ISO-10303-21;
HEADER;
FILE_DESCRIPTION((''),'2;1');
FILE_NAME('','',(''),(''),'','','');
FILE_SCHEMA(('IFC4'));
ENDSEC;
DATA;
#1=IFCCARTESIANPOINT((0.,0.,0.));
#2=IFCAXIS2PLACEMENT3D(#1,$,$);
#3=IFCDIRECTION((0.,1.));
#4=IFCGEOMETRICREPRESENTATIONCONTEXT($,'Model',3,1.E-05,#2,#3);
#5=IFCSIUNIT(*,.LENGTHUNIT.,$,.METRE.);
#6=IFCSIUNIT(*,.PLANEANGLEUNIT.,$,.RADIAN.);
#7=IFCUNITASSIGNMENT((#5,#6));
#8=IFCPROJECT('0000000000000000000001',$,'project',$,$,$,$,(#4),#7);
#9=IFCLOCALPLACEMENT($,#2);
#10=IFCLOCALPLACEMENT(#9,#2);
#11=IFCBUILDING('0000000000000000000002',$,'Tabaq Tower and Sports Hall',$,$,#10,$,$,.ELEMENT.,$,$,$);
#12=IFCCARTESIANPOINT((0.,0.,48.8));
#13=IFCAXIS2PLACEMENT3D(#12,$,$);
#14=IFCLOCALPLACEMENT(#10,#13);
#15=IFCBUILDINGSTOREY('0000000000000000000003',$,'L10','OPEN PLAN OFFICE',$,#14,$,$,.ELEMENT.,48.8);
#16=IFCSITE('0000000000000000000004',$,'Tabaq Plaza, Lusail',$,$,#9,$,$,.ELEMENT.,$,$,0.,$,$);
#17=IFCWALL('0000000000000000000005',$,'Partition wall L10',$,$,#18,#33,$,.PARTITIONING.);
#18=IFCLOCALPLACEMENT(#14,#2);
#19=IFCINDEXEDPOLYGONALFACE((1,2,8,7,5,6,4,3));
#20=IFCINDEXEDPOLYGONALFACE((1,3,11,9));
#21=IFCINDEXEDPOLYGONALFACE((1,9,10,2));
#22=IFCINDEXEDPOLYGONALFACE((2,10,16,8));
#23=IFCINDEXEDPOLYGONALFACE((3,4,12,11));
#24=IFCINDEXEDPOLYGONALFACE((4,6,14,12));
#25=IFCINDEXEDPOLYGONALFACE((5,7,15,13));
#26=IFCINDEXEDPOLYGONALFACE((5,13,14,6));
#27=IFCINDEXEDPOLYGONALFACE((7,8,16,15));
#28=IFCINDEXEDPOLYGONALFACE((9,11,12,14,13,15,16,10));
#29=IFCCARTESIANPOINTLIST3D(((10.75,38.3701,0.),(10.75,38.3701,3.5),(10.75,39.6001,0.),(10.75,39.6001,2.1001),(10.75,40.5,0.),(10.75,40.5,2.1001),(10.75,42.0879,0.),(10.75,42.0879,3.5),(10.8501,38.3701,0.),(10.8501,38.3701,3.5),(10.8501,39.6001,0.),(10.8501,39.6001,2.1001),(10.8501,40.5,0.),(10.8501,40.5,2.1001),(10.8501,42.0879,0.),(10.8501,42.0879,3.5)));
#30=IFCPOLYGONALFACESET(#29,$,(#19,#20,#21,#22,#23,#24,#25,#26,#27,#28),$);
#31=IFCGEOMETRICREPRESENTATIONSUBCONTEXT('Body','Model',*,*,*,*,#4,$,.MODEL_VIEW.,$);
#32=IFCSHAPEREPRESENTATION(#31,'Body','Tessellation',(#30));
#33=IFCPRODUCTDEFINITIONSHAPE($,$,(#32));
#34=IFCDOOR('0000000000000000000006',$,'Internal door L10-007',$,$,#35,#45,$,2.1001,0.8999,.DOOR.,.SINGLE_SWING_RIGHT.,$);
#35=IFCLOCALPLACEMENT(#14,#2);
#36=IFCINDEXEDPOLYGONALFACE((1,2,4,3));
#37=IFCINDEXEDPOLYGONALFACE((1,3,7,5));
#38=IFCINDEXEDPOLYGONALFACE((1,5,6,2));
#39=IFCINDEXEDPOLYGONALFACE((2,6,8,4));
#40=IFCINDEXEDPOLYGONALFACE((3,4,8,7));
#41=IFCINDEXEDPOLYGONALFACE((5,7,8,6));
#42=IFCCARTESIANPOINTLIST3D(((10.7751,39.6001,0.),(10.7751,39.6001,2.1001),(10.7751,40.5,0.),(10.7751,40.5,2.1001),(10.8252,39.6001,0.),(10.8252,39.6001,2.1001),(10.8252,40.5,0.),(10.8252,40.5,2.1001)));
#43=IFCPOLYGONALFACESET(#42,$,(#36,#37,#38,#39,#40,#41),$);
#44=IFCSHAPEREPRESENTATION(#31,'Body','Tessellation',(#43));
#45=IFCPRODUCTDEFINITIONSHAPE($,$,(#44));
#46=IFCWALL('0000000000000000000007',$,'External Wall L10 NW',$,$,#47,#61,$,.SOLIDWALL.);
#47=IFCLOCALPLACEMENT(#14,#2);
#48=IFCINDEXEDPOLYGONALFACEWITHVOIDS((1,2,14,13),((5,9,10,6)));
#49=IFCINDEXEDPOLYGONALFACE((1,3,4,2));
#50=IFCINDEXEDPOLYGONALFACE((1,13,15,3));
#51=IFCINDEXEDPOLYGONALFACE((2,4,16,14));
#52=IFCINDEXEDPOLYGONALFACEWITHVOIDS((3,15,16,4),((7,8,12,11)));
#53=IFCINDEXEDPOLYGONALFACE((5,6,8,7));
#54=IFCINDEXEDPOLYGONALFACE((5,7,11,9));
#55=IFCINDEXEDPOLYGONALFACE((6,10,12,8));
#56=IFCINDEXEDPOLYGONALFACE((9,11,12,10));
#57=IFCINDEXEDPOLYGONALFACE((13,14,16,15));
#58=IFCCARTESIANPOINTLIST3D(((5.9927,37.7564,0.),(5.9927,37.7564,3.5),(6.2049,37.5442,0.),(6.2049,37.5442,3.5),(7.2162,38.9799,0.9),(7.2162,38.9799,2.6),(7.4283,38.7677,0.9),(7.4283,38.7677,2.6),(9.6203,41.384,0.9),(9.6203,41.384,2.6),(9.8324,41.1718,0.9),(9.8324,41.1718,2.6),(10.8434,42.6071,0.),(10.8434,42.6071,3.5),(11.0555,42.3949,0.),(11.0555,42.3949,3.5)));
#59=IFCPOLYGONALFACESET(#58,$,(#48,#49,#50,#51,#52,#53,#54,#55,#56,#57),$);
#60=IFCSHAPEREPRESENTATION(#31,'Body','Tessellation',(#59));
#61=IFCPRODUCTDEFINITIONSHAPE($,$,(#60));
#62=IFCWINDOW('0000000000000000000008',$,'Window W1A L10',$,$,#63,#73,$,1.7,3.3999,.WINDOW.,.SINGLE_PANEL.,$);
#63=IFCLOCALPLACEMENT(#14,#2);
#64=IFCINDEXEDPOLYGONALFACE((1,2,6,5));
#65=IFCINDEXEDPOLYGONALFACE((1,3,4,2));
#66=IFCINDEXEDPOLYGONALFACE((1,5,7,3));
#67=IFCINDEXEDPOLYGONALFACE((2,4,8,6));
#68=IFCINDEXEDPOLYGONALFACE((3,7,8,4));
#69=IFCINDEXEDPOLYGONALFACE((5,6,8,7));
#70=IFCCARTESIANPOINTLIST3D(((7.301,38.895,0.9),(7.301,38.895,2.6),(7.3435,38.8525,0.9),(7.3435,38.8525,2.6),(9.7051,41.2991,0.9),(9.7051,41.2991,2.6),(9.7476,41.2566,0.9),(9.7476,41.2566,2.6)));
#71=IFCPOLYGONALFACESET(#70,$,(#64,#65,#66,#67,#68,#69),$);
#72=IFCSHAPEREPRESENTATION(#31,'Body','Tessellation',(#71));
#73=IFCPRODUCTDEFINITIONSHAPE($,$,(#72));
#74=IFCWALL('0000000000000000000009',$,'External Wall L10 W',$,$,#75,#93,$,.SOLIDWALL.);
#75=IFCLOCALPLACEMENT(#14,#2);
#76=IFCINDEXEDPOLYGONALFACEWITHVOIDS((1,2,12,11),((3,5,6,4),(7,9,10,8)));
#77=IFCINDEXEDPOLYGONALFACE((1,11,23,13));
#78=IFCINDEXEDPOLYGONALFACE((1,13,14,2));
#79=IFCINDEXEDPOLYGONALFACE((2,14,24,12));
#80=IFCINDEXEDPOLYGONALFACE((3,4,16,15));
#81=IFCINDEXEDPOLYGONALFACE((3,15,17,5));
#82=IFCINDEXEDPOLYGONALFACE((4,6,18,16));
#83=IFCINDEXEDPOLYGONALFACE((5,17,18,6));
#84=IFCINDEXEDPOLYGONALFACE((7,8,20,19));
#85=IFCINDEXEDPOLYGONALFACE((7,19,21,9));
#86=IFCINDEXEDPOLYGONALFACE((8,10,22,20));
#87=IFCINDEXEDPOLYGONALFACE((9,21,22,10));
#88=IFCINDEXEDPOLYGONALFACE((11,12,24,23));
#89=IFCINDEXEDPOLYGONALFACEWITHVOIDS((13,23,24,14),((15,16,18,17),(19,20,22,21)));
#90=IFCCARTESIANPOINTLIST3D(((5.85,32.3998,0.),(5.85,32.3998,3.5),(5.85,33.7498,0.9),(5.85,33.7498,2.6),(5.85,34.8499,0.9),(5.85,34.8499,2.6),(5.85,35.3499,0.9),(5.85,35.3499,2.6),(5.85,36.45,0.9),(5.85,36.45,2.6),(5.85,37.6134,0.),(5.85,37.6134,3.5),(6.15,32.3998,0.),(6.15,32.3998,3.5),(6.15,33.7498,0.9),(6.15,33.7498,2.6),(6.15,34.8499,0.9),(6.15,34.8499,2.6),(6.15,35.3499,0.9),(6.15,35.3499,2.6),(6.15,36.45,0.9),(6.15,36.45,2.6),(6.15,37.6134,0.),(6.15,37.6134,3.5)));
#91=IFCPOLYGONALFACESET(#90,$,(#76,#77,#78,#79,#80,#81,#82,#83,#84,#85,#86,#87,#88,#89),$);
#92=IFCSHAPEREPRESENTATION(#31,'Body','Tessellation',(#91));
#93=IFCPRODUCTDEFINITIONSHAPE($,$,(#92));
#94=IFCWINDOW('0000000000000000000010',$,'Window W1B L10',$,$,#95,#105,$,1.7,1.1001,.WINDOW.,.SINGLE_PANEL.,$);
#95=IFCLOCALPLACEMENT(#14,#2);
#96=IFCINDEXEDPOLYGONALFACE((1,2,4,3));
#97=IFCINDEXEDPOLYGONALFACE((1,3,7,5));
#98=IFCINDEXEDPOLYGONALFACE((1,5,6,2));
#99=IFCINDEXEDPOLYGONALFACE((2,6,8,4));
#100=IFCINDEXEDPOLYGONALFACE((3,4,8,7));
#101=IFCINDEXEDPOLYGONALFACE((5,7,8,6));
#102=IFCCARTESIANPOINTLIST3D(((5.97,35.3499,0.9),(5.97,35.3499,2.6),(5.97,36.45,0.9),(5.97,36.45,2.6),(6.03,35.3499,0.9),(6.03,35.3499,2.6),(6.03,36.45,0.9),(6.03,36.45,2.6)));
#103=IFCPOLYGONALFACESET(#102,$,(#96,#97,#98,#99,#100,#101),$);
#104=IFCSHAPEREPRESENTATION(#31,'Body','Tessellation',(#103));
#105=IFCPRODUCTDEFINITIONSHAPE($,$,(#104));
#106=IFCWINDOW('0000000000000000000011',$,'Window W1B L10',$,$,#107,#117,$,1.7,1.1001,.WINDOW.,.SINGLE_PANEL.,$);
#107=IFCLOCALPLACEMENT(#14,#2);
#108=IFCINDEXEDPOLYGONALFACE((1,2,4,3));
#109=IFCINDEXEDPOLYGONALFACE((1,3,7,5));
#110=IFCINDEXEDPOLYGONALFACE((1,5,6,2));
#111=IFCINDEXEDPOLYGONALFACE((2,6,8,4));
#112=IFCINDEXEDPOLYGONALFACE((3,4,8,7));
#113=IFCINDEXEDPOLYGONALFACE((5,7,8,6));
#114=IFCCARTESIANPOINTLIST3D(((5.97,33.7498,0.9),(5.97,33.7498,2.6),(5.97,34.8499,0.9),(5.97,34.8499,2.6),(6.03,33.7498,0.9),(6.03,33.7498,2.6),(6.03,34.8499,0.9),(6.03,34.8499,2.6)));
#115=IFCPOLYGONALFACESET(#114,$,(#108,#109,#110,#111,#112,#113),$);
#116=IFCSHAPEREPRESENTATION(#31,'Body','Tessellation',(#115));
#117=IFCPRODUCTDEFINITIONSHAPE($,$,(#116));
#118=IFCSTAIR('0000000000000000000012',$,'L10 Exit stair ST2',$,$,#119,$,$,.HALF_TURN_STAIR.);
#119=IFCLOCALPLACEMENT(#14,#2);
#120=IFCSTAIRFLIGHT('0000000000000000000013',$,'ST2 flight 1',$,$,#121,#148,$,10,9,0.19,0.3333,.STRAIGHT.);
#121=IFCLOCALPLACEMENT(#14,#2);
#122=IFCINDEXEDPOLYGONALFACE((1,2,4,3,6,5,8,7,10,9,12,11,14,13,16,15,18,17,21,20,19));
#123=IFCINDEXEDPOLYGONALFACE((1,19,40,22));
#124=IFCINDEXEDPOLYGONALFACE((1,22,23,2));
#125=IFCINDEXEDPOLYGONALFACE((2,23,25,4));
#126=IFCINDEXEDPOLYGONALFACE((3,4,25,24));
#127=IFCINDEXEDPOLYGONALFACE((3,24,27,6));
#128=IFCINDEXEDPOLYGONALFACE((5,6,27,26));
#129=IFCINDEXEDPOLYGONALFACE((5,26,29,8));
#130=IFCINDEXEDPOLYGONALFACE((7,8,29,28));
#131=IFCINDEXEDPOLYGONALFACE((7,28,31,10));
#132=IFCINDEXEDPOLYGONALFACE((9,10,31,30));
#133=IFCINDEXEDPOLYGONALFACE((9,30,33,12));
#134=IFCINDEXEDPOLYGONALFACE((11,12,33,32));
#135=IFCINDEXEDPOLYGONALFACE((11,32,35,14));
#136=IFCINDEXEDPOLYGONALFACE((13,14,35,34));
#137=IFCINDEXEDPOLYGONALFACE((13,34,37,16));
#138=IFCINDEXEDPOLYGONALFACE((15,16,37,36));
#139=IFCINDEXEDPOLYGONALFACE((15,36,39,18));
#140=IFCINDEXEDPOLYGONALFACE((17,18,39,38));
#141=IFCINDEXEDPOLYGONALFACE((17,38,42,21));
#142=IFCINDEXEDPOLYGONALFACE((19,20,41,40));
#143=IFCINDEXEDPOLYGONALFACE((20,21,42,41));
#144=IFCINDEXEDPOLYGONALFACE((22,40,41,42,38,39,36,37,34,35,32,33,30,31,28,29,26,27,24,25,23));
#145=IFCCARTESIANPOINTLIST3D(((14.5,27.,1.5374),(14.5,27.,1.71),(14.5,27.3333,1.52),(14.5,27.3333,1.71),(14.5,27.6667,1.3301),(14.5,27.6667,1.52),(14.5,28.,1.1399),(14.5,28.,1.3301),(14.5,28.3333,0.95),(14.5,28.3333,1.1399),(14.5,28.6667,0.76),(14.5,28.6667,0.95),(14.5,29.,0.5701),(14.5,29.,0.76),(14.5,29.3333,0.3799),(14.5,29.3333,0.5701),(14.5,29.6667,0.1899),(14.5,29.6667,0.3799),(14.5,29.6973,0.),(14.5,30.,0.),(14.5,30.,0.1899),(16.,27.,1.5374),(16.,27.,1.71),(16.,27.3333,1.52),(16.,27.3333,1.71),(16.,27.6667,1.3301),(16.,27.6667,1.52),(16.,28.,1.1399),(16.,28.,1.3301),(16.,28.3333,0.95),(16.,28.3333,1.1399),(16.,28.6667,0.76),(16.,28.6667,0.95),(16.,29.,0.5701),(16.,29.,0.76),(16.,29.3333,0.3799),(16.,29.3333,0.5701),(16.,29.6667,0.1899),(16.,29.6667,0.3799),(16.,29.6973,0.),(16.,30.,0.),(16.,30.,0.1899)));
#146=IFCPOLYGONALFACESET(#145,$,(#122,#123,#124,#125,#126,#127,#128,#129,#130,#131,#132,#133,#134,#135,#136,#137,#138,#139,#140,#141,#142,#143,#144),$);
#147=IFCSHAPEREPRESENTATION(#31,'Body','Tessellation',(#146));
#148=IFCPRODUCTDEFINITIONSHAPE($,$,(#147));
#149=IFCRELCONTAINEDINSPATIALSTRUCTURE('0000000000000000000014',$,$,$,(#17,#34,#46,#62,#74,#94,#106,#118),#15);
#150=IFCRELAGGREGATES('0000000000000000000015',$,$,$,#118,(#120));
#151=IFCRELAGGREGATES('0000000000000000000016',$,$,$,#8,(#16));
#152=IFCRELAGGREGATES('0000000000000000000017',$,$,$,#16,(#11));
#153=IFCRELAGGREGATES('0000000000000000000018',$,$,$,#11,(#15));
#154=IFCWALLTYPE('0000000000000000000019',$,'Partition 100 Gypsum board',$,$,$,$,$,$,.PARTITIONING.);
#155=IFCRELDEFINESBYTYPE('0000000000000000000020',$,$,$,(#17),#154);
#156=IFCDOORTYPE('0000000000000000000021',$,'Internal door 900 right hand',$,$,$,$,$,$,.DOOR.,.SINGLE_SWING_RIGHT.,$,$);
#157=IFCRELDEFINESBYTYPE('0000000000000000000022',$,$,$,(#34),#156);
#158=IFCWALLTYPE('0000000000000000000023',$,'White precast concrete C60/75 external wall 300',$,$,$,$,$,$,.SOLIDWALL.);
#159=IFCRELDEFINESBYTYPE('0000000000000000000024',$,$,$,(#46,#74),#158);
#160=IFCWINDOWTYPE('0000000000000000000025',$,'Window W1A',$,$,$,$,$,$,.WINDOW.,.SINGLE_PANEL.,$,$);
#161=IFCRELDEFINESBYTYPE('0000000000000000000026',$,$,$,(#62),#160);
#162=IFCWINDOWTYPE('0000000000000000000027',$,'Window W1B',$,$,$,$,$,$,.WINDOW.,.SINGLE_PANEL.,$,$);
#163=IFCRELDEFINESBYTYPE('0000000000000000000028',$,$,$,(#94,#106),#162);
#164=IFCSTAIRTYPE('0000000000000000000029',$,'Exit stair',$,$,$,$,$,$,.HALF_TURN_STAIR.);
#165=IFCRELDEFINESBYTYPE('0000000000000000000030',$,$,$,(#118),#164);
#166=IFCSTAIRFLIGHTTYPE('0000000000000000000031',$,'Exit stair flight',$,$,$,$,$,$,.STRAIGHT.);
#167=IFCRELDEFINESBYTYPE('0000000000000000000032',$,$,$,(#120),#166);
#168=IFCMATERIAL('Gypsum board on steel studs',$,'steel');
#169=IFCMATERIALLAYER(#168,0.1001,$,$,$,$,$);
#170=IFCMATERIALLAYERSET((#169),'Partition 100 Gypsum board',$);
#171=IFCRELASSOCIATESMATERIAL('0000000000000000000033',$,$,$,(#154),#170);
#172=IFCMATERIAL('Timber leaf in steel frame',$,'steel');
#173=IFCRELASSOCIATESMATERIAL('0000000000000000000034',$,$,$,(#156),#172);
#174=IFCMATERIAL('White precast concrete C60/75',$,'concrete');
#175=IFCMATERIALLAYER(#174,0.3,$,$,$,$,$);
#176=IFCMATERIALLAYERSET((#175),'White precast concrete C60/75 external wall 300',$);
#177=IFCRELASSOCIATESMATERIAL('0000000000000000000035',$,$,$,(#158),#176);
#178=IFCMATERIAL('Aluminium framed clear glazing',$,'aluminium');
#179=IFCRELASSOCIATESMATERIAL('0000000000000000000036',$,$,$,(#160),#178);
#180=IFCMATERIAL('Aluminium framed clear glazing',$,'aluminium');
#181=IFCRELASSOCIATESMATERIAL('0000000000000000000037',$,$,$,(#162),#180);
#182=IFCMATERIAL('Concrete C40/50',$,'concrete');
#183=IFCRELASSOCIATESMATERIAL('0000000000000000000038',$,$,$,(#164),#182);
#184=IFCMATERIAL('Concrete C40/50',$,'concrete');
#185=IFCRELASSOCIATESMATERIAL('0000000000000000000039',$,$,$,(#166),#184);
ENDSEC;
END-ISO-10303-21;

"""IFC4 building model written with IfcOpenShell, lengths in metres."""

from ifc_helpers import new_model, si_unit, direction, frame, frame_2d, origin, place, context, subcontext, project, spatial, polyline, rectangle, outline, extrude, material, layer, layer_set, type_object, element, fill, aggregate, save


model = new_model("IFC4")

# Units and contexts
model_context = context("Model", 3, precision=1e-05, world=origin(), true_north=direction((0.0, 1.0)))
body_context = subcontext(model_context, "Body", "Model", "MODEL_VIEW")
ifc_project = project(units=[si_unit("LENGTHUNIT", "METRE"), si_unit("PLANEANGLEUNIT", "RADIAN")], contexts=[model_context])

# Site, building, storey
site_placement = place(None, origin())
site = spatial("IfcSite", under=ifc_project, at=site_placement, Name="Tabaq Plaza, Lusail", CompositionType="ELEMENT", RefElevation=0.0)
building_placement = place(site_placement, origin())
building = spatial("IfcBuilding", under=site, at=building_placement, Name="Tabaq Tower and Sports Hall", CompositionType="ELEMENT")
storey_placement = place(building_placement, frame((0.0, 0.0, 48.8)))
storey = spatial("IfcBuildingStorey", under=building, at=storey_placement, Name="L10", Description="OPEN PLAN OFFICE", CompositionType="ELEMENT", Elevation=48.8)

# Shared definitions
ifc_material_1 = material(Name="Gypsum board on steel studs", Category="steel")
ifc_layer_1 = layer(ifc_material_1, 0.1001)
ifc_layer_set_1 = layer_set([ifc_layer_1], Name="Partition 100 Gypsum board")
wall_type_1 = type_object("IfcWallType", Name="Partition 100 Gypsum board", PredefinedType="PARTITIONING", material=ifc_layer_set_1)

# Shared definitions
ifc_material_2 = material(Name="Timber leaf in steel frame", Category="steel")
door_type_1 = type_object("IfcDoorType", Name="Internal door 900 right hand", OperationType="SINGLE_SWING_RIGHT", PredefinedType="DOOR", material=ifc_material_2)

# Wall, opening, door
wall_1_placement = place(storey_placement, frame((10.8, 38.3701, 0.0), z_axis=(0.0, 0.0, 1.0), x_axis=(0.0, 1.0, 0.0)))
wall_1 = element("IfcWall", 1, at=wall_1_placement, inside=storey, type_object=wall_type_1, Name="Partition wall L10", PredefinedType="PARTITIONING", context=body_context, shape_type="SweptSolid", body=[
    extrude(rectangle(XDim=3.7178, YDim=0.1001, at=frame_2d((1.8589, 0.0))), origin(), (0.0, 0.0, 1.0), 3.5),
])
opening_1_placement = place(wall_1_placement, frame((1.23, 0.0, 0.0)))
opening_1 = element("IfcOpeningElement", 2, at=opening_1_placement, cuts=wall_1, PredefinedType="OPENING", context=body_context, shape_type="SweptSolid", body=[
    extrude(rectangle(XDim=0.8999, YDim=2.1001, at=frame_2d((0.45, 1.05))), frame((0.0, 0.05, 0.0), z_axis=(0.0, -1.0, 0.0), x_axis=(1.0, 0.0, 0.0)), (0.0, 0.0, 1.0), 0.1001),
])
door_1_placement = place(opening_1_placement, origin())
door_1 = element("IfcDoor", 3, at=door_1_placement, inside=storey, type_object=door_type_1, Name="Internal door L10-007", OperationType="SINGLE_SWING_RIGHT", OverallHeight=2.1001, OverallWidth=0.8999, PredefinedType="DOOR", context=body_context, shape_type="SweptSolid", body=[
    extrude(rectangle(XDim=0.8999, YDim=2.1001, at=frame_2d((0.45, 1.05))), frame((0.0, 0.0249, 0.0), z_axis=(0.0, -1.0, 0.0), x_axis=(1.0, 0.0, 0.0)), (0.0, 0.0, 1.0), 0.05),
])
fill(opening_1, door_1)

# Wall, opening, window
ifc_material_3 = material(Name="White precast concrete C60/75", Category="concrete")
ifc_layer_2 = layer(ifc_material_3, 0.3)
ifc_layer_set_2 = layer_set([ifc_layer_2], Name="White precast concrete C60/75 external wall 300")
wall_type_2 = type_object("IfcWallType", Name="White precast concrete C60/75 external wall 300", PredefinedType="SOLIDWALL", material=ifc_layer_set_2)
wall_2_placement = place(storey_placement, frame((10.9495, 42.501, 0.0), z_axis=(0.0, 0.0, 1.0), x_axis=(-0.707107, -0.707107, 0.0)))
wall_2 = element("IfcWall", 4, at=wall_2_placement, inside=storey, type_object=wall_type_2, Name="External Wall L10 NW", PredefinedType="SOLIDWALL", context=body_context, shape_type="SweptSolid", body=[
    extrude(rectangle(XDim=6.8599, YDim=0.3, at=frame_2d((3.4299, 0.0))), origin(), (0.0, 0.0, 1.0), 3.5),
])
opening_2_placement = place(wall_2_placement, frame((1.7297, 0.0, 0.8999)))
opening_2 = element("IfcOpeningElement", 5, at=opening_2_placement, cuts=wall_2, PredefinedType="OPENING", context=body_context, shape_type="SweptSolid", body=[
    extrude(rectangle(XDim=3.3999, YDim=1.7, at=frame_2d((1.7, 0.8501))), frame((0.0, 0.1602, 0.0), z_axis=(0.0, -1.0, 0.0), x_axis=(1.0, 0.0, 0.0)), (0.0, 0.0, 1.0), 0.3201),
])
ifc_material_4 = material(Name="Aluminium framed clear glazing", Category="aluminium")
window_type_1 = type_object("IfcWindowType", Name="Window W1A", PartitioningType="SINGLE_PANEL", PredefinedType="WINDOW", material=ifc_material_4)
window_1_placement = place(opening_2_placement, origin())
window_1 = element("IfcWindow", 6, at=window_1_placement, inside=storey, type_object=window_type_1, Name="Window W1A L10", OverallHeight=1.7, OverallWidth=3.3999, PartitioningType="SINGLE_PANEL", PredefinedType="WINDOW", context=body_context, shape_type="SweptSolid", body=[
    extrude(rectangle(XDim=3.3999, YDim=1.7, at=frame_2d((1.7, 0.8501))), frame((0.0, 0.03, 0.0), z_axis=(0.0, -1.0, 0.0), x_axis=(1.0, 0.0, 0.0)), (0.0, 0.0, 1.0), 0.0601),
])
fill(opening_2, window_1)

# Wall, openings, windows
wall_3_placement = place(storey_placement, frame((6.0, 37.6135, 0.0), z_axis=(0.0, 0.0, 1.0), x_axis=(0.0, -1.0, 0.0)))
wall_3 = element("IfcWall", 7, at=wall_3_placement, inside=storey, type_object=wall_type_2, Name="External Wall L10 W", PredefinedType="SOLIDWALL", context=body_context, shape_type="SweptSolid", body=[
    extrude(rectangle(XDim=5.2136, YDim=0.3, at=frame_2d((2.6069, 0.0))), origin(), (0.0, 0.0, 1.0), 3.5),
])
opening_3_placement = place(wall_3_placement, frame((1.1636, 0.0, 0.8999)))
opening_3 = element("IfcOpeningElement", 8, at=opening_3_placement, cuts=wall_3, PredefinedType="OPENING", context=body_context, shape_type="SweptSolid", body=[
    extrude(rectangle(XDim=1.1001, YDim=1.7, at=frame_2d((0.55, 0.8501))), frame((0.0, 0.1602, 0.0), z_axis=(0.0, -1.0, 0.0), x_axis=(1.0, 0.0, 0.0)), (0.0, 0.0, 1.0), 0.3201),
])
opening_4_placement = place(wall_3_placement, frame((2.7637, 0.0, 0.8999)))
opening_4 = element("IfcOpeningElement", 9, at=opening_4_placement, cuts=wall_3, PredefinedType="OPENING", context=body_context, shape_type="SweptSolid", body=[
    extrude(rectangle(XDim=1.1001, YDim=1.7, at=frame_2d((0.55, 0.8501))), frame((0.0, 0.1602, 0.0), z_axis=(0.0, -1.0, 0.0), x_axis=(1.0, 0.0, 0.0)), (0.0, 0.0, 1.0), 0.3201),
])
ifc_material_5 = material(Name="Aluminium framed clear glazing", Category="aluminium")
window_type_2 = type_object("IfcWindowType", Name="Window W1B", PartitioningType="SINGLE_PANEL", PredefinedType="WINDOW", material=ifc_material_5)
window_2_placement = place(opening_3_placement, origin())
window_2 = element("IfcWindow", 10, at=window_2_placement, inside=storey, type_object=window_type_2, Name="Window W1B L10", OverallHeight=1.7, OverallWidth=1.1001, PartitioningType="SINGLE_PANEL", PredefinedType="WINDOW", context=body_context, shape_type="SweptSolid", body=[
    extrude(rectangle(XDim=1.1001, YDim=1.7, at=frame_2d((0.55, 0.8501))), frame((0.0, 0.03, 0.0), z_axis=(0.0, -1.0, 0.0), x_axis=(1.0, 0.0, 0.0)), (0.0, 0.0, 1.0), 0.0601),
])
fill(opening_3, window_2)
window_3_placement = place(opening_4_placement, origin())
window_3 = element("IfcWindow", 11, at=window_3_placement, inside=storey, type_object=window_type_2, Name="Window W1B L10", OverallHeight=1.7, OverallWidth=1.1001, PartitioningType="SINGLE_PANEL", PredefinedType="WINDOW", context=body_context, shape_type="SweptSolid", body=[
    extrude(rectangle(XDim=1.1001, YDim=1.7, at=frame_2d((0.55, 0.8501))), frame((0.0, 0.03, 0.0), z_axis=(0.0, -1.0, 0.0), x_axis=(1.0, 0.0, 0.0)), (0.0, 0.0, 1.0), 0.0601),
])
fill(opening_4, window_3)

# Stair, stair flight
ifc_material_6 = material(Name="Concrete C40/50", Category="concrete")
stair_type = type_object("IfcStairType", Name="Exit stair", PredefinedType="HALF_TURN_STAIR", material=ifc_material_6)
stair_placement = place(storey_placement, origin())
stair = element("IfcStair", 12, at=stair_placement, inside=storey, type_object=stair_type, Name="L10 Exit stair ST2", PredefinedType="HALF_TURN_STAIR")
ifc_material_7 = material(Name="Concrete C40/50", Category="concrete")
stair_flight_type = type_object("IfcStairFlightType", Name="Exit stair flight", PredefinedType="STRAIGHT", material=ifc_material_7)
stair_flight_placement = place(storey_placement, frame((15.25, 30.0, 0.0), z_axis=(0.0, 0.0, 1.0), x_axis=(0.0, -1.0, 0.0)))
stair_flight = element("IfcStairFlight", 13, at=stair_flight_placement, type_object=stair_flight_type, Name="ST2 flight 1", NumberOfRisers=10, NumberOfTreads=9, PredefinedType="STRAIGHT", RiserHeight=0.19, TreadLength=0.3333, context=body_context, shape_type="SweptSolid", body=[
    extrude(outline(polyline([(0.0, 0.0), (0.0, 0.1899), (0.3333, 0.1899), (0.3333, 0.3799), (0.6667, 0.3799), (0.6667, 0.5701), (1.0, 0.5701), (1.0, 0.76), (1.3333, 0.76), (1.3333, 0.95), (1.6667, 0.95), (1.6667, 1.1399), (2.0, 1.1399), (2.0, 1.3301), (2.3333, 1.3301), (2.3333, 1.52), (2.6667, 1.52), (2.6667, 1.71), (3.0, 1.71), (3.0, 1.8999), (3.0, 1.5374), (0.3027, 0.0), (0.0, 0.0)])), frame((0.0, 0.75, 0.0), z_axis=(0.0, -1.0, 0.0), x_axis=(1.0, 0.0, 0.0)), (0.0, 0.0, 1.0), 1.5),
])
aggregate(stair, [stair_flight])

save(model, "model.ifc")
